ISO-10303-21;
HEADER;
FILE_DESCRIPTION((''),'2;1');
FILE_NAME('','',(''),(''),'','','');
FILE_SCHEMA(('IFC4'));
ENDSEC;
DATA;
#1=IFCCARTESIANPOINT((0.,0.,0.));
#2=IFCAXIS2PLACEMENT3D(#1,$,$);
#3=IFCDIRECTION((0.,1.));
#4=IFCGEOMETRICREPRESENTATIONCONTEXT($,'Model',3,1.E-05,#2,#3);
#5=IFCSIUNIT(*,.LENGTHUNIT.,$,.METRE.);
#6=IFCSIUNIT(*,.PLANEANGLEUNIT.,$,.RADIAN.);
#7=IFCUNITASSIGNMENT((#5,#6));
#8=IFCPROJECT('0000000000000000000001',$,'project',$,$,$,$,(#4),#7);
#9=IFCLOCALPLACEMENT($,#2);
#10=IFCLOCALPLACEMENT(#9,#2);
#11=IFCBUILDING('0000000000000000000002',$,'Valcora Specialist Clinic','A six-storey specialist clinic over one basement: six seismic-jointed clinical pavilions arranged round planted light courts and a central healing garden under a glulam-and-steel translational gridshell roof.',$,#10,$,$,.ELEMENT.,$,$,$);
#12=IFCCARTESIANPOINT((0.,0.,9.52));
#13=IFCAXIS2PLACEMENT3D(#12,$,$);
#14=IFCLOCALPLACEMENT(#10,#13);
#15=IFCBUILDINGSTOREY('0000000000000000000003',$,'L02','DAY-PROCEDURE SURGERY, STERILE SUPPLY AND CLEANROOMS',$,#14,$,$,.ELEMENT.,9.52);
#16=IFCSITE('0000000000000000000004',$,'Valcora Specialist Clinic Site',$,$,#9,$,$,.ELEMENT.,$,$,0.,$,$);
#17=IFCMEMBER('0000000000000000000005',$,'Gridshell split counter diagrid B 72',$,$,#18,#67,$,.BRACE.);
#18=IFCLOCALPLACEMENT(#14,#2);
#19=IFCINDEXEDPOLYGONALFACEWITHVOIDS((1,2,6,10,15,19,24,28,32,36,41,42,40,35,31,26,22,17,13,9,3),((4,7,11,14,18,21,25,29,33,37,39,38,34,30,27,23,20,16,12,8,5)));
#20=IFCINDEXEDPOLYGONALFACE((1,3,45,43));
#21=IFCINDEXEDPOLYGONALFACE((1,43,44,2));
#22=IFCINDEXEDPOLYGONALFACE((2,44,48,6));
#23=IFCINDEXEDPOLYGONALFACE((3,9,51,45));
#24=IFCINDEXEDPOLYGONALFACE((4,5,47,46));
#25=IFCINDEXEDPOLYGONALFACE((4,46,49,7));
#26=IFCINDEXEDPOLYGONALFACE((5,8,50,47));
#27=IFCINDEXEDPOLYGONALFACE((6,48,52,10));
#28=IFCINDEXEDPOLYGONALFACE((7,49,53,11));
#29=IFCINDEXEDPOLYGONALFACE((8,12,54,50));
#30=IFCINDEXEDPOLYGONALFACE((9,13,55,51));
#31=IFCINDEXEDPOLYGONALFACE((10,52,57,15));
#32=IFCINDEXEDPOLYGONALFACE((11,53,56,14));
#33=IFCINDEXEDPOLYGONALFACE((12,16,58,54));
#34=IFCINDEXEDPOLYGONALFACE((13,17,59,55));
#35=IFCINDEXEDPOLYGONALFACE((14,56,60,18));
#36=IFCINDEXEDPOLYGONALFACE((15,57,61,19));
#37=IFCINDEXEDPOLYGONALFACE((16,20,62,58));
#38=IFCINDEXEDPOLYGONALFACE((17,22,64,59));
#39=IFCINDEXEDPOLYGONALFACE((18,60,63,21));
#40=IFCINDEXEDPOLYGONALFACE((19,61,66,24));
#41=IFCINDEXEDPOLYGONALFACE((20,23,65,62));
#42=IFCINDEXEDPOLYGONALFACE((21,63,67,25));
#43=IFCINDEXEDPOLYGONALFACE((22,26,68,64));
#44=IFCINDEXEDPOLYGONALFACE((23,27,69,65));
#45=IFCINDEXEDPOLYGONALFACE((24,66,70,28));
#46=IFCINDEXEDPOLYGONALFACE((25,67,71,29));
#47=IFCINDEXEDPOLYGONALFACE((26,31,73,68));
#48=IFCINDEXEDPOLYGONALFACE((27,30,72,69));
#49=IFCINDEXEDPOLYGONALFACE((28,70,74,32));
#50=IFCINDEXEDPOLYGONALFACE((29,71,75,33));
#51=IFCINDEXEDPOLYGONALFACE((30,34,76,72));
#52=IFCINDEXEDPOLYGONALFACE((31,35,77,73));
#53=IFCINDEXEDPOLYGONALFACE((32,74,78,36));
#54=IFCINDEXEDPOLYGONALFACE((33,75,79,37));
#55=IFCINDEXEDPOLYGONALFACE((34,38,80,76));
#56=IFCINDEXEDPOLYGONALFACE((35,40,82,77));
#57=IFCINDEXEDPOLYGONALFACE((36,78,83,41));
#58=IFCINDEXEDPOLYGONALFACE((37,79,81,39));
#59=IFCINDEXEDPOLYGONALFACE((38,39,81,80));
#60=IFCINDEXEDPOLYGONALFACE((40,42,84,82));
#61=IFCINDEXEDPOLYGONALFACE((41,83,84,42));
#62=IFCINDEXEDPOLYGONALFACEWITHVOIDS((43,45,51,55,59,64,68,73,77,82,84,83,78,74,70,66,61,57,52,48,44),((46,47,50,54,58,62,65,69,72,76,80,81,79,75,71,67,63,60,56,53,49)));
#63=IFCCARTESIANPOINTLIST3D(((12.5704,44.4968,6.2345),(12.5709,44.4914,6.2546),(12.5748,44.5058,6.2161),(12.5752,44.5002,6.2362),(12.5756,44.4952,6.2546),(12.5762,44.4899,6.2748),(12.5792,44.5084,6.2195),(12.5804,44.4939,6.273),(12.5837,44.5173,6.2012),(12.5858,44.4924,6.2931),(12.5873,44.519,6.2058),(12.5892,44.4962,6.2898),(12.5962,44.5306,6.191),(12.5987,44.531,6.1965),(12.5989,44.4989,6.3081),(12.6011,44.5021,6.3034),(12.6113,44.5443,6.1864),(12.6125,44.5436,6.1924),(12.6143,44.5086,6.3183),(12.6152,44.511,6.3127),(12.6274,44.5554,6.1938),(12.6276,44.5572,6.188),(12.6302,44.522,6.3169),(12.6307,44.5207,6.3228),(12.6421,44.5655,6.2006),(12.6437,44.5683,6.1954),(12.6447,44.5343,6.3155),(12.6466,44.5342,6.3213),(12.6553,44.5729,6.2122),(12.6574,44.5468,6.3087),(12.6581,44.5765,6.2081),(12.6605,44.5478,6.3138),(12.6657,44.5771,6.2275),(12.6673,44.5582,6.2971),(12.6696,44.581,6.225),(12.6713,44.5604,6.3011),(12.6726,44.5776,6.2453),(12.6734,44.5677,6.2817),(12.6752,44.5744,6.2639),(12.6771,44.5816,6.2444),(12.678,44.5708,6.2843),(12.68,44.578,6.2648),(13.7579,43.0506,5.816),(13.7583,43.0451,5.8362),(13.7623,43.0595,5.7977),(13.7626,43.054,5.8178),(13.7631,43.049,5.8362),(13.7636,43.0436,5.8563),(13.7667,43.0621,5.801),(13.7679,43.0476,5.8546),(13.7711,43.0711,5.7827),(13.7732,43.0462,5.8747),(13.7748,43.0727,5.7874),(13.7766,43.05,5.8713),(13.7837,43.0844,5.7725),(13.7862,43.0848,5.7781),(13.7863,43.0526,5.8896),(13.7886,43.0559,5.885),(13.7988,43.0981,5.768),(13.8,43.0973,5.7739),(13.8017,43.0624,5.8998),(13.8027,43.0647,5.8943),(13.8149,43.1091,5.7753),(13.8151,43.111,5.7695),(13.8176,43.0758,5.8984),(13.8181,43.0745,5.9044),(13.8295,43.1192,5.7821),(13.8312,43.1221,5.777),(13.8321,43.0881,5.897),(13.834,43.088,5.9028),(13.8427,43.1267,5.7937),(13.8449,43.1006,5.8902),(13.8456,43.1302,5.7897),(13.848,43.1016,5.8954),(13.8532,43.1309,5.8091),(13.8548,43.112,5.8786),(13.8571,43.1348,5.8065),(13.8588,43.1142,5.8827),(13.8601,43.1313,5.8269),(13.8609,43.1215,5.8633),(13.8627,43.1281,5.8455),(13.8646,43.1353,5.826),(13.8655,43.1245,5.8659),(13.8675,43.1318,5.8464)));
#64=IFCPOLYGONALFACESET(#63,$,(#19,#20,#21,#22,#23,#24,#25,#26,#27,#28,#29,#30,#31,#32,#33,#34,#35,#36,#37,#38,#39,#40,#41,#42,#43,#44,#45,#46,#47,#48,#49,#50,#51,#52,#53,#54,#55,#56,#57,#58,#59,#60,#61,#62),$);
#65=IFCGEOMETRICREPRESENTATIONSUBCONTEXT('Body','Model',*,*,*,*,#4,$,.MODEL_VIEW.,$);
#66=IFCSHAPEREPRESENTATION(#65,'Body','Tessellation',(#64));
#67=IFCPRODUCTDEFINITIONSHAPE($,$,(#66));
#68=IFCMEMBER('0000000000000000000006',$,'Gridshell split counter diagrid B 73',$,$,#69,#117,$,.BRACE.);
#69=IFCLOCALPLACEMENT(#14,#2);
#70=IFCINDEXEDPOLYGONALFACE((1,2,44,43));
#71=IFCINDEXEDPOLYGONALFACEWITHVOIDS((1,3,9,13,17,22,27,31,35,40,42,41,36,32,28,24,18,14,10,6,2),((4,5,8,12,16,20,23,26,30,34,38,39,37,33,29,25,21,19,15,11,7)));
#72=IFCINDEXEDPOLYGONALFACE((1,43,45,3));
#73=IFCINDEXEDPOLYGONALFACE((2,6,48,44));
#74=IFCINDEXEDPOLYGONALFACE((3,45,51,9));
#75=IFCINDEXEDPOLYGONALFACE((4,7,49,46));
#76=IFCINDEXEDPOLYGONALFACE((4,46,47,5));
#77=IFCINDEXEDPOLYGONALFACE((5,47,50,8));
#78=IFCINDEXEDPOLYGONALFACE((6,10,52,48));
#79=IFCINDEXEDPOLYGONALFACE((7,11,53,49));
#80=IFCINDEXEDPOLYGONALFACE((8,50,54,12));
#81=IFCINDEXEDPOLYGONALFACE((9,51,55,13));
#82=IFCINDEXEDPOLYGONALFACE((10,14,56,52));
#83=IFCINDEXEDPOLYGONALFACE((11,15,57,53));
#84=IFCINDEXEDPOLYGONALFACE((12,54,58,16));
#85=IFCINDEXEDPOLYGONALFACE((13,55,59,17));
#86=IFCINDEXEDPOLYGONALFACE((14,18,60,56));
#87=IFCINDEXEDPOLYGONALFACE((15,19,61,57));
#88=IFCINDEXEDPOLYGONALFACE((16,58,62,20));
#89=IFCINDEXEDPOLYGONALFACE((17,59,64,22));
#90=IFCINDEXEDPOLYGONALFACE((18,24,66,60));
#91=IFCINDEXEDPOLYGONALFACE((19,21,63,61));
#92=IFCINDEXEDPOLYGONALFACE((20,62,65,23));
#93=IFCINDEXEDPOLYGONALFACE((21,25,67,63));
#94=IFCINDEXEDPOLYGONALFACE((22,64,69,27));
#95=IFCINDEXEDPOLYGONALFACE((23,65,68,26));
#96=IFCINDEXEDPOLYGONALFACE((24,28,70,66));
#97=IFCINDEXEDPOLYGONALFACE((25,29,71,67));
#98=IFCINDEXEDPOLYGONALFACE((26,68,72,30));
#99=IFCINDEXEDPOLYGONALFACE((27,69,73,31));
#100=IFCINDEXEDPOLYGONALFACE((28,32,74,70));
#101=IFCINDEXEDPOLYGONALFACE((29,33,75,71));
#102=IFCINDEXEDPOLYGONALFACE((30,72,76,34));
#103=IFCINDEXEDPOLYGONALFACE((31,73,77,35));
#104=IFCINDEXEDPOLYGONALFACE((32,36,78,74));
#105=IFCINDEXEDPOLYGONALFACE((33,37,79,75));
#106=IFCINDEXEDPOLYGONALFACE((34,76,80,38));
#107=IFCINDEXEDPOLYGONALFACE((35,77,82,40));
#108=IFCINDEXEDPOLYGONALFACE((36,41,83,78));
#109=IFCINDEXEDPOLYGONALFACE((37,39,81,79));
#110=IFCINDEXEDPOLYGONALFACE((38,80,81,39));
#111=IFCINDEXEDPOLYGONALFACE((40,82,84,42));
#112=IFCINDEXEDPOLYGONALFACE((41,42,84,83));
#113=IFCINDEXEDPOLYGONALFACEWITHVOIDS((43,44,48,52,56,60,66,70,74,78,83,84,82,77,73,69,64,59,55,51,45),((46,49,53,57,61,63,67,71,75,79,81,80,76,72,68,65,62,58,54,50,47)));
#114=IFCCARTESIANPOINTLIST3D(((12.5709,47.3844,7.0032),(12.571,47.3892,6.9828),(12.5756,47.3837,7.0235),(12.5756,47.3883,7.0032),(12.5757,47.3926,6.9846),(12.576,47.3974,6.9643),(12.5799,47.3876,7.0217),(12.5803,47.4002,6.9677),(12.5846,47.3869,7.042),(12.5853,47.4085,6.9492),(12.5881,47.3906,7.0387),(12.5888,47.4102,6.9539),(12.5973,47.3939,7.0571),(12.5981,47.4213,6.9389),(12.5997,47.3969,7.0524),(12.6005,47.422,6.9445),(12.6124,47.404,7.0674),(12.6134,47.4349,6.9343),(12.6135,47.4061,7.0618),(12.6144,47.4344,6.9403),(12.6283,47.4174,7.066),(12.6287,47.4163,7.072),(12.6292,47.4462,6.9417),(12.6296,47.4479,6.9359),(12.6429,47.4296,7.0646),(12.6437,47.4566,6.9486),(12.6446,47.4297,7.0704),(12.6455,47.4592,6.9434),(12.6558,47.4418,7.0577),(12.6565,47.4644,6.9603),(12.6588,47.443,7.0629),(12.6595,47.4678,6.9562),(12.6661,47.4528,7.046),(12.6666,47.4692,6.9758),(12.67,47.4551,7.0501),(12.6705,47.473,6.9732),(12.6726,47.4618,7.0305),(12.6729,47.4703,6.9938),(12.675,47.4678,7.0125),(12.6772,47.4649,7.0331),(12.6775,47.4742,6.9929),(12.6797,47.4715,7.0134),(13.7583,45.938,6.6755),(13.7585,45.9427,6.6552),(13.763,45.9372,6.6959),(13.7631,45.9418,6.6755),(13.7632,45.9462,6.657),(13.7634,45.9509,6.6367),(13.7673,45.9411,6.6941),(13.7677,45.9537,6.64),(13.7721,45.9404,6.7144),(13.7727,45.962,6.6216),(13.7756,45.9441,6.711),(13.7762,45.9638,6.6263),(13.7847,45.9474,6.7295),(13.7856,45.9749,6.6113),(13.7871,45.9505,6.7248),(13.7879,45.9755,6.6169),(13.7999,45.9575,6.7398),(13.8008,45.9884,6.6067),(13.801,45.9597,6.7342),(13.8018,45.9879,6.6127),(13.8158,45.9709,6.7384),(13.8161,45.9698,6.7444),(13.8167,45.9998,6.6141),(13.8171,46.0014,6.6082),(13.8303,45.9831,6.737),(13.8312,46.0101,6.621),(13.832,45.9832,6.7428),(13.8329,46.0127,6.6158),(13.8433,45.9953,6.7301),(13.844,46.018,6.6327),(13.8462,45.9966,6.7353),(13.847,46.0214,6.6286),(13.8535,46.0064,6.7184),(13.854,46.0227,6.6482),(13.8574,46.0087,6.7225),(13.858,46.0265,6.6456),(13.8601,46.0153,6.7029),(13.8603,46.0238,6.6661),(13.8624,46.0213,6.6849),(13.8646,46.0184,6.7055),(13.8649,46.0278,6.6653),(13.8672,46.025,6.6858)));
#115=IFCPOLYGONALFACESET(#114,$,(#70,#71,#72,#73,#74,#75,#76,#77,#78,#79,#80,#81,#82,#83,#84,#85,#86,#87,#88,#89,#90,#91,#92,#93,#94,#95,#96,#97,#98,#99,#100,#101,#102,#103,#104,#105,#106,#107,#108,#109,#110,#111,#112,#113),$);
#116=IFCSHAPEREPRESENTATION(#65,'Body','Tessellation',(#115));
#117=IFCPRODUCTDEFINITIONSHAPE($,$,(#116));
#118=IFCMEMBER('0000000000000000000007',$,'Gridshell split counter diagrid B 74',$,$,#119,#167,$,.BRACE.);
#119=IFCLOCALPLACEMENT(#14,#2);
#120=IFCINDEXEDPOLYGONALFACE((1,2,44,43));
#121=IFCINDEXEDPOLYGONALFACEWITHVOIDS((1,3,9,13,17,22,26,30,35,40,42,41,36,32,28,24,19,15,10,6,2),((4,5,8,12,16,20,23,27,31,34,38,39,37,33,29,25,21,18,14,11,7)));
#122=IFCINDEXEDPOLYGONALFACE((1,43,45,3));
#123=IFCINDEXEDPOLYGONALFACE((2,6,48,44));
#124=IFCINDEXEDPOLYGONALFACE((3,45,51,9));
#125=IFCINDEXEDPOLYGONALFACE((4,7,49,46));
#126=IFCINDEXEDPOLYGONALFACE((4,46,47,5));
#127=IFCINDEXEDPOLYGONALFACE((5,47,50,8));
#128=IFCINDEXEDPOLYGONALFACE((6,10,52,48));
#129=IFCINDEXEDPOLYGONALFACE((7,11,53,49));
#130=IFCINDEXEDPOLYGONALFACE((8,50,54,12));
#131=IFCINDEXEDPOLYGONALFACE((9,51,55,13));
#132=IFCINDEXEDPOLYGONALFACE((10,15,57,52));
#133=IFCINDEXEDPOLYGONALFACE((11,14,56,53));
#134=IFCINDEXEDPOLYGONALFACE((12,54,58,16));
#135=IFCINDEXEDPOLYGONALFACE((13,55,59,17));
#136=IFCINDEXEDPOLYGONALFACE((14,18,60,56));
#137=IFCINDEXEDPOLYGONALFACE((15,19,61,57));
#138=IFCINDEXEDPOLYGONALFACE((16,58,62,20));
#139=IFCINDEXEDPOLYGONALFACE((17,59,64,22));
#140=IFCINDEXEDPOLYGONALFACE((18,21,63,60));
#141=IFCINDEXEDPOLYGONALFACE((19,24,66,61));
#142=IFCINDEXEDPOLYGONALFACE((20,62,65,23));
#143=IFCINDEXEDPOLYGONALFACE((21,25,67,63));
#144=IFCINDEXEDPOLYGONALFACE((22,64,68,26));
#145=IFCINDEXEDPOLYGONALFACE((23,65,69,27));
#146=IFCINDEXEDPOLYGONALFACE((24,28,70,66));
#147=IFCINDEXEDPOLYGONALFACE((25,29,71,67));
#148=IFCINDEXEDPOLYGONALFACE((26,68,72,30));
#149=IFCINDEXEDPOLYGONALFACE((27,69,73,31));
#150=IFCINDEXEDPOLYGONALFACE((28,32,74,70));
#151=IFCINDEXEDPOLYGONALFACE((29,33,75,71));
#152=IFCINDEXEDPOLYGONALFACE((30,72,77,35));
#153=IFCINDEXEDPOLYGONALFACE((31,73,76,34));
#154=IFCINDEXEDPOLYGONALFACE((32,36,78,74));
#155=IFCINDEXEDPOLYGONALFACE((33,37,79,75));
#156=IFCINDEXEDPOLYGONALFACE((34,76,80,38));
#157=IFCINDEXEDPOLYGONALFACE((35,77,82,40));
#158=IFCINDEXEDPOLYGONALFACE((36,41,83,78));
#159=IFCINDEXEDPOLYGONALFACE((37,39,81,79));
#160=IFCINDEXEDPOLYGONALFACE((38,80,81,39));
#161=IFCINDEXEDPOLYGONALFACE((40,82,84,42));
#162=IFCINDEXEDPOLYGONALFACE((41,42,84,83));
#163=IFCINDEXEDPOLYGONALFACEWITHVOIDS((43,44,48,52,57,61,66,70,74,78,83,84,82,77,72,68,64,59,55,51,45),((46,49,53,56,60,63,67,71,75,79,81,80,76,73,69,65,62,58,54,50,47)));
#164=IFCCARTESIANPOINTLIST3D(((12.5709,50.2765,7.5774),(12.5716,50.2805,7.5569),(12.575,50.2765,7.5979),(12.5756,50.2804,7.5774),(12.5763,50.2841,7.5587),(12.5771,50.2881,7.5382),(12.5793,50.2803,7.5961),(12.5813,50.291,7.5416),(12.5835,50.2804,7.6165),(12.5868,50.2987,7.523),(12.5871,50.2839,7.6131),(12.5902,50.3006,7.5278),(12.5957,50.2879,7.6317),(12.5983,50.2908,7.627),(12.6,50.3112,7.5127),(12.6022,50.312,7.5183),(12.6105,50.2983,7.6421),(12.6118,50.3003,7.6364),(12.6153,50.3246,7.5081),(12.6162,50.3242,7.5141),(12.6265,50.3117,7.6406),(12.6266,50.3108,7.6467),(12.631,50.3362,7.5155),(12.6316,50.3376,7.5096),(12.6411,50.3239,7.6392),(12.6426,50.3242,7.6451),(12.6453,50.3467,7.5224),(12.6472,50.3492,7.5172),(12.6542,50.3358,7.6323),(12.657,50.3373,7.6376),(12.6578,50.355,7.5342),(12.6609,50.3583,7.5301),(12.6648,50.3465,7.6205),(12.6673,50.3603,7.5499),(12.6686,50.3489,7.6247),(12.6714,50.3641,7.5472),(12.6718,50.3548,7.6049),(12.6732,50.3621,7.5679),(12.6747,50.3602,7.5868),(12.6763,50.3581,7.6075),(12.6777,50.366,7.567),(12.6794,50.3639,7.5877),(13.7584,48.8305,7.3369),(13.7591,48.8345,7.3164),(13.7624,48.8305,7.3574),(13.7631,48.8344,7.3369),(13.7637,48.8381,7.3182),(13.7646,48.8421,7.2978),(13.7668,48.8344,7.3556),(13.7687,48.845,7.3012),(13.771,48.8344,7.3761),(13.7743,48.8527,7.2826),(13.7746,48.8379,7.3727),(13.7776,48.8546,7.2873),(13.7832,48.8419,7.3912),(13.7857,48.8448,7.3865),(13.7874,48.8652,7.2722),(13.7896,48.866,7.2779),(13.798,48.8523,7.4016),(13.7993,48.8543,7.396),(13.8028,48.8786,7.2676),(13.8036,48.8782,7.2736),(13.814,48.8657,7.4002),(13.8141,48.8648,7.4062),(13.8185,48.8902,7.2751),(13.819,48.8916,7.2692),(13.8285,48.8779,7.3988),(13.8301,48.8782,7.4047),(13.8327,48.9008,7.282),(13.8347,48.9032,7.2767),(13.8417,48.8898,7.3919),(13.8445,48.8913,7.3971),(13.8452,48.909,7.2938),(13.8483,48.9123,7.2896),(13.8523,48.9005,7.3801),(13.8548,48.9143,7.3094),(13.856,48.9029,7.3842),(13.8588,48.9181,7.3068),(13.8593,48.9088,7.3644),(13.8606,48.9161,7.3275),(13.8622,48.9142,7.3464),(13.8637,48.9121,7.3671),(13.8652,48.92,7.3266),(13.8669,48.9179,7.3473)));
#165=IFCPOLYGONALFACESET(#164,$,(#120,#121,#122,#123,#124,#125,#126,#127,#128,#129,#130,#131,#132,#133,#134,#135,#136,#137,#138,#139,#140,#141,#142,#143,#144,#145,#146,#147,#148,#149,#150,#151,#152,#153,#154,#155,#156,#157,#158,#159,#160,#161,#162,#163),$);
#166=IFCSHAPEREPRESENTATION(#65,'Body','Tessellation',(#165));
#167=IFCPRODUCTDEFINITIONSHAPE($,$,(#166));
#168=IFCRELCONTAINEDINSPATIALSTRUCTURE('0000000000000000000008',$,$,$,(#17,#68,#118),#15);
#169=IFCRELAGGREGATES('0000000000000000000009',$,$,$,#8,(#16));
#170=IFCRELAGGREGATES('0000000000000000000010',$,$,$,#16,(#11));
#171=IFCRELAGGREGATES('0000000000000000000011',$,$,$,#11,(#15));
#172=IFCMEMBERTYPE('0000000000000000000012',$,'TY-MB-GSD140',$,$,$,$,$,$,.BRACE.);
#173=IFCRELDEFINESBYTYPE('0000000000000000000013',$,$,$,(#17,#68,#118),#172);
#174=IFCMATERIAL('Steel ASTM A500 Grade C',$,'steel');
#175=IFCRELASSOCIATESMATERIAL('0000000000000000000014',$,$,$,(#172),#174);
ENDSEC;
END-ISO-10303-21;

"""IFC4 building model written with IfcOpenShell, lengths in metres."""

from ifc_helpers import new_model, si_unit, direction, frame, origin, origin_2d, place, context, subcontext, project, spatial, hollow_circle, extrude, material, material_profile, profile_set, type_object, element, save


model = new_model("IFC4")

# Units and contexts
model_context = context("Model", 3, precision=1e-05, world=origin(), true_north=direction((0.0, 1.0)))
body_context = subcontext(model_context, "Body", "Model", "MODEL_VIEW")
ifc_project = project(units=[si_unit("LENGTHUNIT", "METRE"), si_unit("PLANEANGLEUNIT", "RADIAN")], contexts=[model_context])

# Site, building, storey
site_placement = place(None, origin())
site = spatial("IfcSite", under=ifc_project, at=site_placement, Name="Valcora Specialist Clinic Site", CompositionType="ELEMENT", RefElevation=0.0)
building_placement = place(site_placement, origin())
building = spatial("IfcBuilding", under=site, at=building_placement, Name="Valcora Specialist Clinic", Description="A six-storey specialist clinic over one basement: six seismic-jointed clinical pavilions arranged round planted light courts and a central healing garden under a glulam-and-steel translational gridshell roof.", CompositionType="ELEMENT")
storey_placement = place(building_placement, frame((0.0, 0.0, 9.52)))
storey = spatial("IfcBuildingStorey", under=building, at=storey_placement, Name="L02", Description="DAY-PROCEDURE SURGERY, STERILE SUPPLY AND CLEANROOMS", CompositionType="ELEMENT", Elevation=9.52)

# Members
ifc_material_1 = material(Name="Steel ASTM A500 Grade C", Category="steel")
ifc_material_profile_1 = material_profile(ifc_material_1, hollow_circle(Radius=0.0701, WallThickness=0.0061, at=origin_2d()), Name="ST-CHS-140X6")
ifc_profile_set_1 = profile_set([ifc_material_profile_1], Name="Steel ASTM A500 Grade C")
member_type_1 = type_object("IfcMemberType", Name="TY-MB-GSD140", PredefinedType="BRACE", material=ifc_profile_set_1)
member_1_placement = place(storey_placement, frame((13.8125, 43.0896, 5.8362), z_axis=(-0.619278, 0.754236, 0.218224), x_axis=(-0.772863, -0.634572, 0.0)))
element("IfcMember", 1, at=member_1_placement, inside=storey, type_object=member_type_1, Name="Gridshell split counter diagrid B 72", PredefinedType="BRACE", context=body_context, shape_type="SweptSolid", body=[
    extrude(hollow_circle(Radius=0.0701, WallThickness=0.0061, at=origin_2d()), origin(), (0.0, 0.0, 1.0), 1.9175),
])
member_2_placement = place(storey_placement, frame((13.8125, 45.9824, 6.6755), z_axis=(-0.625003, 0.761337, 0.172441), x_axis=(-0.772916, -0.634508, 0.0)))
element("IfcMember", 2, at=member_2_placement, inside=storey, type_object=member_type_1, Name="Gridshell split counter diagrid B 73", PredefinedType="BRACE", context=body_context, shape_type="SweptSolid", body=[
    extrude(hollow_circle(Radius=0.0701, WallThickness=0.0061, at=origin_2d()), origin(), (0.0, 0.0, 1.0), 1.8999),
])
member_3_placement = place(storey_placement, frame((13.8125, 48.875, 7.3369), z_axis=(-0.629459, 0.766506, 0.127471), x_axis=(-0.772811, -0.634636, 0.0)))
element("IfcMember", 3, at=member_3_placement, inside=storey, type_object=member_type_1, Name="Gridshell split counter diagrid B 74", PredefinedType="BRACE", context=body_context, shape_type="SweptSolid", body=[
    extrude(hollow_circle(Radius=0.0701, WallThickness=0.0061, at=origin_2d()), origin(), (0.0, 0.0, 1.0), 1.8865),
])

save(model, "model.ifc")
